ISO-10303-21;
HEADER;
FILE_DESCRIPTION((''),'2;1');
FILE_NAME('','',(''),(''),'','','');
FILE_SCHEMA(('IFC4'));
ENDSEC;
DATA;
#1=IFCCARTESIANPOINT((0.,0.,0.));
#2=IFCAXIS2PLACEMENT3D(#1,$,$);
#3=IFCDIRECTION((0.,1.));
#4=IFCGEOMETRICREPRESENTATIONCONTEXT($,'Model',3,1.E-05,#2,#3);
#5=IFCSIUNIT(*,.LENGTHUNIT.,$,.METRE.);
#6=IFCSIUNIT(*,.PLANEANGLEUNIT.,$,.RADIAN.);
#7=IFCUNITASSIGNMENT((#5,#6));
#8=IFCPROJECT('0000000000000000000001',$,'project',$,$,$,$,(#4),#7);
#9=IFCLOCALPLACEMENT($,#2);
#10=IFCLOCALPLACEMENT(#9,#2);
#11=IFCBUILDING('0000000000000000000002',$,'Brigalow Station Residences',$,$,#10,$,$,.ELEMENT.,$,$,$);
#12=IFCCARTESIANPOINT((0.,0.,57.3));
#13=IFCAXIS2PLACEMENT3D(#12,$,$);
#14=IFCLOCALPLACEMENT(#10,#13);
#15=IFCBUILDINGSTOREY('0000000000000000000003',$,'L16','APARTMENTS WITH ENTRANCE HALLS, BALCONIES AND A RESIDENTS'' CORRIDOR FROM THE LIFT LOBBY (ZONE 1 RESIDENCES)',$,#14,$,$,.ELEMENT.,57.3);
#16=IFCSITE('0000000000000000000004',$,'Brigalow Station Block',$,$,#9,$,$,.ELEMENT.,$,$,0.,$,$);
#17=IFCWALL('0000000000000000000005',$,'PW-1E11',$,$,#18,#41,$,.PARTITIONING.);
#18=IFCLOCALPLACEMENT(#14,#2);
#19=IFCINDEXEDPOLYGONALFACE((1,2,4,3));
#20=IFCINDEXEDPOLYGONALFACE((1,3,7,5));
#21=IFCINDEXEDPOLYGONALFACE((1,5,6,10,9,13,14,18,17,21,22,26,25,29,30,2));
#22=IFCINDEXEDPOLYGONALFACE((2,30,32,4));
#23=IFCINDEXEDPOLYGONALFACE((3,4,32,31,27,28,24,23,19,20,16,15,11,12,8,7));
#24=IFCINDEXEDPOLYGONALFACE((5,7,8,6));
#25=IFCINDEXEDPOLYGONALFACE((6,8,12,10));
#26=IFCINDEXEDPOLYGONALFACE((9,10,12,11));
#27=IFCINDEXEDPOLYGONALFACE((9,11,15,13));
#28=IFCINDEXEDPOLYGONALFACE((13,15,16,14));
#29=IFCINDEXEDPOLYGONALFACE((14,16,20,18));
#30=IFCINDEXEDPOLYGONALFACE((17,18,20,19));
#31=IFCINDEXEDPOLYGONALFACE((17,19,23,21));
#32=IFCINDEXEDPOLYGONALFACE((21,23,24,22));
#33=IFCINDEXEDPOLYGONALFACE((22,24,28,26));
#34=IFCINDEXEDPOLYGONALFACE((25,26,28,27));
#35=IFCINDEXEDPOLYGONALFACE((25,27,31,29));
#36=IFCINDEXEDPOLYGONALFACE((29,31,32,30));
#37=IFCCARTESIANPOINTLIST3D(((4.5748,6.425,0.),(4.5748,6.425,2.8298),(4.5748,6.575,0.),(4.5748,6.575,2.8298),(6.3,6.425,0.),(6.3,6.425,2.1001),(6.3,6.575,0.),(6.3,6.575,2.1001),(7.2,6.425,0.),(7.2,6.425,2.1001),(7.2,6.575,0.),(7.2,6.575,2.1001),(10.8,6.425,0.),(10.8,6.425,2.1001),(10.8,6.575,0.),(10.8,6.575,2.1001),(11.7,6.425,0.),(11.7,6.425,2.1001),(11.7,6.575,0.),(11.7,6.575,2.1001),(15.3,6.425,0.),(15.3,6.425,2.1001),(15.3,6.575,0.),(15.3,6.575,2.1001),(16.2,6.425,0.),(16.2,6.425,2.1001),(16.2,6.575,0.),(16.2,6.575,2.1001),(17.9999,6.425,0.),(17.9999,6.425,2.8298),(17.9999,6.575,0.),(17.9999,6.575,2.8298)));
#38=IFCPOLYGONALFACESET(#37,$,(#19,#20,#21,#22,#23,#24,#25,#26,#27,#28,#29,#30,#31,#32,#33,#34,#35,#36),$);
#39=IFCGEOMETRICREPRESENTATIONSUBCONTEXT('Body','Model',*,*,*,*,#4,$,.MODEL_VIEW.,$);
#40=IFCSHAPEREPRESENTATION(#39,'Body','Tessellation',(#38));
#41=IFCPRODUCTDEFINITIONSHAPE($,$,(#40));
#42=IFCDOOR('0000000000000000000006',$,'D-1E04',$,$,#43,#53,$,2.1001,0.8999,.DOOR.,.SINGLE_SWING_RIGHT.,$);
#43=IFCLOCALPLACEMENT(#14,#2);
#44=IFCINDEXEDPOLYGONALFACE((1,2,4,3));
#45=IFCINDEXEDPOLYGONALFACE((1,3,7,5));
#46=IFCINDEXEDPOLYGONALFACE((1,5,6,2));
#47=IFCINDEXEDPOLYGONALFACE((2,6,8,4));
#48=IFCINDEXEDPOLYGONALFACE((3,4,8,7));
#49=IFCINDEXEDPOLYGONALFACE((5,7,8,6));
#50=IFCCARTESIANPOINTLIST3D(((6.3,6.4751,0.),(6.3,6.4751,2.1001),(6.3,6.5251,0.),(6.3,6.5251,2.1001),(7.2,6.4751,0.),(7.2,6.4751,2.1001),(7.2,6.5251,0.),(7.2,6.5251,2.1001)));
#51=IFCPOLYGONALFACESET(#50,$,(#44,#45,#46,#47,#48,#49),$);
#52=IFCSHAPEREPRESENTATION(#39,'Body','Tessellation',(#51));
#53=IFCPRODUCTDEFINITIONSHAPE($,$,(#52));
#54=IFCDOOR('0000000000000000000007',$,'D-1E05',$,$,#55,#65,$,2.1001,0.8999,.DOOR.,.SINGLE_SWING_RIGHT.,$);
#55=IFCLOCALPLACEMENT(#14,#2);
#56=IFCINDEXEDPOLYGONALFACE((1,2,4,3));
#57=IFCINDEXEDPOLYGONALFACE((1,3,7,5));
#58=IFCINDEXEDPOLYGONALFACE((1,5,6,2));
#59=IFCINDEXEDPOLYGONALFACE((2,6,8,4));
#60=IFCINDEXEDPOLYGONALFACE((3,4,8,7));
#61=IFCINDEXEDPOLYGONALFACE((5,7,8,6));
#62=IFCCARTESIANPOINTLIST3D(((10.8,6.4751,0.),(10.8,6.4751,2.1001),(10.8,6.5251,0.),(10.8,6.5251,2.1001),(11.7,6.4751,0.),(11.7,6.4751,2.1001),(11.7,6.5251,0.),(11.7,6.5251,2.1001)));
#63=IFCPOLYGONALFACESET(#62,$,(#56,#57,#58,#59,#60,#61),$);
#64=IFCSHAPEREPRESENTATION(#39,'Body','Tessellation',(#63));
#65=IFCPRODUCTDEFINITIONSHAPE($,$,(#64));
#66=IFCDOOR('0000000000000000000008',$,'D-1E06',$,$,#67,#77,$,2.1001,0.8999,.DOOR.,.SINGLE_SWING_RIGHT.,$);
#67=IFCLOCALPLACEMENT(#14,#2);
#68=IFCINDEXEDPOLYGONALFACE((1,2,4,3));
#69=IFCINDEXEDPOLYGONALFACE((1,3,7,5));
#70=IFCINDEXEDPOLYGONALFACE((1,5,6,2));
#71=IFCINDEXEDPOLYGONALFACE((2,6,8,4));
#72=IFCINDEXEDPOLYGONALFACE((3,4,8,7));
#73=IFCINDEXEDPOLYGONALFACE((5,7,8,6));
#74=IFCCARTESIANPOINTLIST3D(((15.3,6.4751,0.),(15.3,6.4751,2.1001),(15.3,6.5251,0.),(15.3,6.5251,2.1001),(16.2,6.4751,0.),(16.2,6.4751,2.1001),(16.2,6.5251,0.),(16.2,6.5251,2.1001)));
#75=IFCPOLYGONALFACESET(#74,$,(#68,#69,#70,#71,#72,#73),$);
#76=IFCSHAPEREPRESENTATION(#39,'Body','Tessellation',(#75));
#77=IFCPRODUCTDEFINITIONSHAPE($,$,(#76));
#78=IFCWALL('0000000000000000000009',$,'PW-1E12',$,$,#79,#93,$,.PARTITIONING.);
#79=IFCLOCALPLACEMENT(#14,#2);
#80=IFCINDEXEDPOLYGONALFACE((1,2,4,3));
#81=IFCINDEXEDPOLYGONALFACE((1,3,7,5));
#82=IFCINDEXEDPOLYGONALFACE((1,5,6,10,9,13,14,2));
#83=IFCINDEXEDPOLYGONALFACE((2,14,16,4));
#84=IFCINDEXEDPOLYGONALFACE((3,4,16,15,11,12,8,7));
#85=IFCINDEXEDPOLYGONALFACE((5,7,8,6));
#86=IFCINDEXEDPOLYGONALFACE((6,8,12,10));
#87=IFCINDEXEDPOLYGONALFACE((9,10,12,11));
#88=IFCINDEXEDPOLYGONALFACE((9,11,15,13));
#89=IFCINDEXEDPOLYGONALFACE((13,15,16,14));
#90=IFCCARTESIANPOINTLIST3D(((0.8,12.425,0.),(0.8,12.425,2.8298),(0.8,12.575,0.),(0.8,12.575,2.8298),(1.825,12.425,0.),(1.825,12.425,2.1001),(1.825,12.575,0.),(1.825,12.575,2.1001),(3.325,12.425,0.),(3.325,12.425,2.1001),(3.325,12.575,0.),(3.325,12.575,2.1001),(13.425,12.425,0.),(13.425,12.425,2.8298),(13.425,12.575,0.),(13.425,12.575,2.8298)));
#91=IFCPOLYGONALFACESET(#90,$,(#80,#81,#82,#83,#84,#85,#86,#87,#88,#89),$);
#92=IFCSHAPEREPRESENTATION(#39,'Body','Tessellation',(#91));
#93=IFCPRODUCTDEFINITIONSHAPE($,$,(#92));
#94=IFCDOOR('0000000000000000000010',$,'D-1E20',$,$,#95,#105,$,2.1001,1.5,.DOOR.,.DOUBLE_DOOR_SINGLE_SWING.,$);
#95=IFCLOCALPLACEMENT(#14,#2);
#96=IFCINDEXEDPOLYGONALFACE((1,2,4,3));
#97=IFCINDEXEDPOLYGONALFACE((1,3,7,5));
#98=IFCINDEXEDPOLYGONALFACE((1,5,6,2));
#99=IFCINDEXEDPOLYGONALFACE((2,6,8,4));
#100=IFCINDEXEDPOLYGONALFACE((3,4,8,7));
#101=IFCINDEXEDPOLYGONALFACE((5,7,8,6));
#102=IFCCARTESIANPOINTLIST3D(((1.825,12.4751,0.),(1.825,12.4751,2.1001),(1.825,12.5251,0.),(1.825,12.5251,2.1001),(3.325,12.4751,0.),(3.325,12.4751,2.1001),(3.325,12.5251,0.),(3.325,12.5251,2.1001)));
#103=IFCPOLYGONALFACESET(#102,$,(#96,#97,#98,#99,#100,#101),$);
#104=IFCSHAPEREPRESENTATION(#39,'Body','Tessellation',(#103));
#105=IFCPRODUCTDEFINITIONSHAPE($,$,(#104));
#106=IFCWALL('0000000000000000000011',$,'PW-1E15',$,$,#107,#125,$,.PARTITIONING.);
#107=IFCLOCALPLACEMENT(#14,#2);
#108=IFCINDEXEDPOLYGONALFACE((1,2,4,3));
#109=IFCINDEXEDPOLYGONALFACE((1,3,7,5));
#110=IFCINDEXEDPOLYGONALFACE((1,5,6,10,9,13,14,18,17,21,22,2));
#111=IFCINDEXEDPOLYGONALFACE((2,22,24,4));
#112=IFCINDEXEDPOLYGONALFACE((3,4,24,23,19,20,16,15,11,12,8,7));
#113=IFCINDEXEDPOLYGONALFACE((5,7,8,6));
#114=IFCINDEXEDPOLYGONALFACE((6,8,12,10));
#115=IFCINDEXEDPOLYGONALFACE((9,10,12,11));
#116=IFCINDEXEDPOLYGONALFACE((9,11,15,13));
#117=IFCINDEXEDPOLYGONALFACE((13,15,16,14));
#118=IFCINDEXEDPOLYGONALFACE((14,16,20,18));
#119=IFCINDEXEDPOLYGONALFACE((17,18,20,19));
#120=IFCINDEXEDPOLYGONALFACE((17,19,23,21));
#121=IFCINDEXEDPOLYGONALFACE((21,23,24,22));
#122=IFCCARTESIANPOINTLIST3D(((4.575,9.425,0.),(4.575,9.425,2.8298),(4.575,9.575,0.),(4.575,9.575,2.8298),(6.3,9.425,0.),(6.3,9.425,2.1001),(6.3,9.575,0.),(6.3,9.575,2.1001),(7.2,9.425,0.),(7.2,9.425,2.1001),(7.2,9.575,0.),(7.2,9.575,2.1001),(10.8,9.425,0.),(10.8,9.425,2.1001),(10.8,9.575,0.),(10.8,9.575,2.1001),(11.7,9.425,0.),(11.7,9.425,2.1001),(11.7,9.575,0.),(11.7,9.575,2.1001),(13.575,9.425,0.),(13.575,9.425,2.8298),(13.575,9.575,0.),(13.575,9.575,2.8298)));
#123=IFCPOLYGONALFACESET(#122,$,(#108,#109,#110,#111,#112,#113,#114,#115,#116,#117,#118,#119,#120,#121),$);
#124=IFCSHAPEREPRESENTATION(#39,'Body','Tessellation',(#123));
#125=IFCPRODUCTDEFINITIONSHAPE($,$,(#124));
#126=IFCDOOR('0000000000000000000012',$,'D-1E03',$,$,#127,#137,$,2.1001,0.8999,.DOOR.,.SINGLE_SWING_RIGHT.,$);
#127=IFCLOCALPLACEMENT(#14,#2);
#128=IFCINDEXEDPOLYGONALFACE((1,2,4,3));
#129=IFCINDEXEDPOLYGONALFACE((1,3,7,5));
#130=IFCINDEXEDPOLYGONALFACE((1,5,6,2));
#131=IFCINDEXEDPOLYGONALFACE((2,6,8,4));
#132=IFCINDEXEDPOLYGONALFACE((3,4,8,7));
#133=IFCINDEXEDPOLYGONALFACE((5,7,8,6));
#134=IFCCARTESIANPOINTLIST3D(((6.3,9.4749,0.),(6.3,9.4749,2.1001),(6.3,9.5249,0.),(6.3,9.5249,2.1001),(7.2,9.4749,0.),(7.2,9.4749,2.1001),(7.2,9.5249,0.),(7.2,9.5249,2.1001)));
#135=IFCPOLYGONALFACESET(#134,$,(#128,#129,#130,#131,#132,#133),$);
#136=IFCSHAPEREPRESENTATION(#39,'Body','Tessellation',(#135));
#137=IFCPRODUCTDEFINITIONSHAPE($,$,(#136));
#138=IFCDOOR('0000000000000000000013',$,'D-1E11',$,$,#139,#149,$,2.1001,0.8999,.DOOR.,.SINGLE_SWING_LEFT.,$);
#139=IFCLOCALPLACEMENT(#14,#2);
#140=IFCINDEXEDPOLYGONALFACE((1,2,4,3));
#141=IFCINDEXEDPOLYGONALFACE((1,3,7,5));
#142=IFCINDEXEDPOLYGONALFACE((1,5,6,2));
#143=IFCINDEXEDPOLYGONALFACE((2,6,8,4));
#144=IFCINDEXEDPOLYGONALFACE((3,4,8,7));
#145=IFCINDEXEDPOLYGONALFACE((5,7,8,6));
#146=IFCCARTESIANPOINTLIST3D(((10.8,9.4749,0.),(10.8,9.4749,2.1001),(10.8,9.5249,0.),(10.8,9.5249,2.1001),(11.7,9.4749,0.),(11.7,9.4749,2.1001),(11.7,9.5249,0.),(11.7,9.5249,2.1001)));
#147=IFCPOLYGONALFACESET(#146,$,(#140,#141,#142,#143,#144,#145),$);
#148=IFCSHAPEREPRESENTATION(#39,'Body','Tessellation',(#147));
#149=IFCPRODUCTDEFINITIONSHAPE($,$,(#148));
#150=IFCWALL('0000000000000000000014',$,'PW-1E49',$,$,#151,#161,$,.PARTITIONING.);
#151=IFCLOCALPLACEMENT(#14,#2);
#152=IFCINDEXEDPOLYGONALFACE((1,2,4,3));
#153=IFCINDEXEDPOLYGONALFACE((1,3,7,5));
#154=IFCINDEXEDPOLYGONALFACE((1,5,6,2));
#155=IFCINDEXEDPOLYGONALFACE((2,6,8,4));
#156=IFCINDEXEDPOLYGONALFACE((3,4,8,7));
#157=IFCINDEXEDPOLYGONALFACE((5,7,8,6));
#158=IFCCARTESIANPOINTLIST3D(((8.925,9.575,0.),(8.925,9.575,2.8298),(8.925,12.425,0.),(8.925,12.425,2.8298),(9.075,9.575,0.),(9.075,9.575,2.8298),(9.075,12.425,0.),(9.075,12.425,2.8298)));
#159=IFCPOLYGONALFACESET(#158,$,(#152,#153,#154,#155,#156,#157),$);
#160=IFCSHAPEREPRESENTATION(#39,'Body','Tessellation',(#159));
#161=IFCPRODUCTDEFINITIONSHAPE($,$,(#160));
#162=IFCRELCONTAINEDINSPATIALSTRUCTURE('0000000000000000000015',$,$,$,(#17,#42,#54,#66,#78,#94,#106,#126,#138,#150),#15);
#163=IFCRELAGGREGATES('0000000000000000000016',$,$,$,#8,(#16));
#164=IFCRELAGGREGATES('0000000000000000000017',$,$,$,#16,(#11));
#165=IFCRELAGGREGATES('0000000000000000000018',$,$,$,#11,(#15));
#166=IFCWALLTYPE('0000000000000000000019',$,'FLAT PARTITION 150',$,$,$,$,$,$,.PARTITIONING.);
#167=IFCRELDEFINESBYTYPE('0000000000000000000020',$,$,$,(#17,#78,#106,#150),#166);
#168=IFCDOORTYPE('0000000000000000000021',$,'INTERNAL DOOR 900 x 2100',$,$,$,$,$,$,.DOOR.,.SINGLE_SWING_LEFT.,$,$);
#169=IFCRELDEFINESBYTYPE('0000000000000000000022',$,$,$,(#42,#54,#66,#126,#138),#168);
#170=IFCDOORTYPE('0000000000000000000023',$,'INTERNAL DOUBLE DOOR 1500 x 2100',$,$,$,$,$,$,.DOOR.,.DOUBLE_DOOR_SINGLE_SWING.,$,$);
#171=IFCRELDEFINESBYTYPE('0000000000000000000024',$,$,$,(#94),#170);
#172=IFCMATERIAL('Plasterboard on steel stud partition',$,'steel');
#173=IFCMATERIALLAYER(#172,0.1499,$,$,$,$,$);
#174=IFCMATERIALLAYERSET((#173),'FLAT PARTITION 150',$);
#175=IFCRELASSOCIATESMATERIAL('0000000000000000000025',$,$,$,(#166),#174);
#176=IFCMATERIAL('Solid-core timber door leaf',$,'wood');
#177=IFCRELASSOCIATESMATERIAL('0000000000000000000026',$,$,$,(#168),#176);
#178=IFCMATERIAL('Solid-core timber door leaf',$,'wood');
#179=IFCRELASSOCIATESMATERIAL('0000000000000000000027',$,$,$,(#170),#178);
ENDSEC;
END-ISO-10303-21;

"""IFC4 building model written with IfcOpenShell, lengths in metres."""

from ifc_helpers import new_model, si_unit, direction, frame, frame_2d, origin, place, context, subcontext, project, spatial, rectangle, extrude, material, layer, layer_set, type_object, element, fill, save


model = new_model("IFC4")

# Units and contexts
model_context = context("Model", 3, precision=1e-05, world=origin(), true_north=direction((0.0, 1.0)))
body_context = subcontext(model_context, "Body", "Model", "MODEL_VIEW")
ifc_project = project(units=[si_unit("LENGTHUNIT", "METRE"), si_unit("PLANEANGLEUNIT", "RADIAN")], contexts=[model_context])

# Site, building, storey
site_placement = place(None, origin())
site = spatial("IfcSite", under=ifc_project, at=site_placement, Name="Brigalow Station Block", CompositionType="ELEMENT", RefElevation=0.0)
building_placement = place(site_placement, origin())
building = spatial("IfcBuilding", under=site, at=building_placement, Name="Brigalow Station Residences", CompositionType="ELEMENT")
storey_placement = place(building_placement, frame((0.0, 0.0, 57.3)))
storey = spatial("IfcBuildingStorey", under=building, at=storey_placement, Name="L16", Description="APARTMENTS WITH ENTRANCE HALLS, BALCONIES AND A RESIDENTS' CORRIDOR FROM THE LIFT LOBBY (ZONE 1 RESIDENCES)", CompositionType="ELEMENT", Elevation=57.3)

# Wall, openings, doors
ifc_material_1 = material(Name="Plasterboard on steel stud partition", Category="steel")
ifc_layer_1 = layer(ifc_material_1, 0.1499)
ifc_layer_set_1 = layer_set([ifc_layer_1], Name="FLAT PARTITION 150")
wall_type_1 = type_object("IfcWallType", Name="FLAT PARTITION 150", PredefinedType="PARTITIONING", material=ifc_layer_set_1)
wall_1_placement = place(storey_placement, frame((4.575, 6.5, 0.0), z_axis=(0.0, 0.0, 1.0), x_axis=(1.0, 0.0, 0.0)))
wall_1 = element("IfcWall", 1, at=wall_1_placement, inside=storey, type_object=wall_type_1, Name="PW-1E11", PredefinedType="PARTITIONING", context=body_context, shape_type="SweptSolid", body=[
    extrude(rectangle(XDim=13.425, YDim=0.1499, at=frame_2d((6.7124, 0.0))), origin(), (0.0, 0.0, 1.0), 2.8298),
])
opening_1_placement = place(wall_1_placement, frame((1.7251, 0.0, 0.0)))
opening_1 = element("IfcOpeningElement", 2, at=opening_1_placement, cuts=wall_1, PredefinedType="OPENING", context=body_context, shape_type="SweptSolid", body=[
    extrude(rectangle(XDim=0.8999, YDim=2.1001, at=frame_2d((0.45, 1.05))), frame((0.0, 0.085, 0.0), z_axis=(0.0, -1.0, 0.0), x_axis=(1.0, 0.0, 0.0)), (0.0, 0.0, 1.0), 0.1699),
])
opening_2_placement = place(wall_1_placement, frame((6.2251, 0.0, 0.0)))
opening_2 = element("IfcOpeningElement", 3, at=opening_2_placement, cuts=wall_1, PredefinedType="OPENING", context=body_context, shape_type="SweptSolid", body=[
    extrude(rectangle(XDim=0.8999, YDim=2.1001, at=frame_2d((0.45, 1.05))), frame((0.0, 0.085, 0.0), z_axis=(0.0, -1.0, 0.0), x_axis=(1.0, 0.0, 0.0)), (0.0, 0.0, 1.0), 0.1699),
])
opening_3_placement = place(wall_1_placement, frame((10.7251, 0.0, 0.0)))
opening_3 = element("IfcOpeningElement", 4, at=opening_3_placement, cuts=wall_1, PredefinedType="OPENING", context=body_context, shape_type="SweptSolid", body=[
    extrude(rectangle(XDim=0.8999, YDim=2.1001, at=frame_2d((0.45, 1.05))), frame((0.0, 0.085, 0.0), z_axis=(0.0, -1.0, 0.0), x_axis=(1.0, 0.0, 0.0)), (0.0, 0.0, 1.0), 0.1699),
])
ifc_material_2 = material(Name="Solid-core timber door leaf", Category="wood")
door_type_1 = type_object("IfcDoorType", Name="INTERNAL DOOR 900 x 2100", OperationType="SINGLE_SWING_LEFT", PredefinedType="DOOR", material=ifc_material_2)
door_1_placement = place(opening_1_placement, frame((0.8999, 0.0, 0.0), z_axis=(0.0, 0.0, 1.0), x_axis=(-1.0, 0.0, 0.0)))
door_1 = element("IfcDoor", 5, at=door_1_placement, inside=storey, type_object=door_type_1, Name="D-1E04", OperationType="SINGLE_SWING_RIGHT", OverallHeight=2.1001, OverallWidth=0.8999, PredefinedType="DOOR", context=body_context, shape_type="SweptSolid", body=[
    extrude(rectangle(XDim=0.8999, YDim=2.1001, at=frame_2d((0.45, 1.05))), frame((0.0, 0.0249, 0.0), z_axis=(0.0, -1.0, 0.0), x_axis=(1.0, 0.0, 0.0)), (0.0, 0.0, 1.0), 0.05),
])
fill(opening_1, door_1)
door_2_placement = place(opening_2_placement, frame((0.8999, 0.0, 0.0), z_axis=(0.0, 0.0, 1.0), x_axis=(-1.0, 0.0, 0.0)))
door_2 = element("IfcDoor", 6, at=door_2_placement, inside=storey, type_object=door_type_1, Name="D-1E05", OperationType="SINGLE_SWING_RIGHT", OverallHeight=2.1001, OverallWidth=0.8999, PredefinedType="DOOR", context=body_context, shape_type="SweptSolid", body=[
    extrude(rectangle(XDim=0.8999, YDim=2.1001, at=frame_2d((0.45, 1.05))), frame((0.0, 0.0249, 0.0), z_axis=(0.0, -1.0, 0.0), x_axis=(1.0, 0.0, 0.0)), (0.0, 0.0, 1.0), 0.05),
])
fill(opening_2, door_2)
door_3_placement = place(opening_3_placement, frame((0.8999, 0.0, 0.0), z_axis=(0.0, 0.0, 1.0), x_axis=(-1.0, 0.0, 0.0)))
door_3 = element("IfcDoor", 7, at=door_3_placement, inside=storey, type_object=door_type_1, Name="D-1E06", OperationType="SINGLE_SWING_RIGHT", OverallHeight=2.1001, OverallWidth=0.8999, PredefinedType="DOOR", context=body_context, shape_type="SweptSolid", body=[
    extrude(rectangle(XDim=0.8999, YDim=2.1001, at=frame_2d((0.45, 1.05))), frame((0.0, 0.0249, 0.0), z_axis=(0.0, -1.0, 0.0), x_axis=(1.0, 0.0, 0.0)), (0.0, 0.0, 1.0), 0.05),
])
fill(opening_3, door_3)

# Wall, opening, door
wall_2_placement = place(storey_placement, frame((0.8, 12.5, 0.0), z_axis=(0.0, 0.0, 1.0), x_axis=(1.0, 0.0, 0.0)))
wall_2 = element("IfcWall", 8, at=wall_2_placement, inside=storey, type_object=wall_type_1, Name="PW-1E12", PredefinedType="PARTITIONING", context=body_context, shape_type="SweptSolid", body=[
    extrude(rectangle(XDim=12.625, YDim=0.1499, at=frame_2d((6.3125, 0.0))), origin(), (0.0, 0.0, 1.0), 2.8298),
])
opening_4_placement = place(wall_2_placement, frame((1.0249, 0.0, 0.0)))
opening_4 = element("IfcOpeningElement", 9, at=opening_4_placement, cuts=wall_2, PredefinedType="OPENING", context=body_context, shape_type="SweptSolid", body=[
    extrude(rectangle(XDim=1.5, YDim=2.1001, at=frame_2d((0.75, 1.05))), frame((0.0, 0.085, 0.0), z_axis=(0.0, -1.0, 0.0), x_axis=(1.0, 0.0, 0.0)), (0.0, 0.0, 1.0), 0.1699),
])
ifc_material_3 = material(Name="Solid-core timber door leaf", Category="wood")
door_type_2 = type_object("IfcDoorType", Name="INTERNAL DOUBLE DOOR 1500 x 2100", OperationType="DOUBLE_DOOR_SINGLE_SWING", PredefinedType="DOOR", material=ifc_material_3)
door_4_placement = place(opening_4_placement, frame((1.5, 0.0, 0.0), z_axis=(0.0, 0.0, 1.0), x_axis=(-1.0, 0.0, 0.0)))
door_4 = element("IfcDoor", 10, at=door_4_placement, inside=storey, type_object=door_type_2, Name="D-1E20", OperationType="DOUBLE_DOOR_SINGLE_SWING", OverallHeight=2.1001, OverallWidth=1.5, PredefinedType="DOOR", context=body_context, shape_type="SweptSolid", body=[
    extrude(rectangle(XDim=1.5, YDim=2.1001, at=frame_2d((0.75, 1.05))), frame((0.0, 0.0249, 0.0), z_axis=(0.0, -1.0, 0.0), x_axis=(1.0, 0.0, 0.0)), (0.0, 0.0, 1.0), 0.05),
])
fill(opening_4, door_4)

# Wall, openings, doors
wall_3_placement = place(storey_placement, frame((4.575, 9.5, 0.0), z_axis=(0.0, 0.0, 1.0), x_axis=(1.0, 0.0, 0.0)))
wall_3 = element("IfcWall", 11, at=wall_3_placement, inside=storey, type_object=wall_type_1, Name="PW-1E15", PredefinedType="PARTITIONING", context=body_context, shape_type="SweptSolid", body=[
    extrude(rectangle(XDim=9.0, YDim=0.1499, at=frame_2d((4.5, 0.0))), origin(), (0.0, 0.0, 1.0), 2.8298),
])
opening_5_placement = place(wall_3_placement, frame((1.7251, 0.0, 0.0)))
opening_5 = element("IfcOpeningElement", 12, at=opening_5_placement, cuts=wall_3, PredefinedType="OPENING", context=body_context, shape_type="SweptSolid", body=[
    extrude(rectangle(XDim=0.8999, YDim=2.1001, at=frame_2d((0.45, 1.05))), frame((0.0, 0.085, 0.0), z_axis=(0.0, -1.0, 0.0), x_axis=(1.0, 0.0, 0.0)), (0.0, 0.0, 1.0), 0.1699),
])
opening_6_placement = place(wall_3_placement, frame((6.2251, 0.0, 0.0)))
opening_6 = element("IfcOpeningElement", 13, at=opening_6_placement, cuts=wall_3, PredefinedType="OPENING", context=body_context, shape_type="SweptSolid", body=[
    extrude(rectangle(XDim=0.8999, YDim=2.1001, at=frame_2d((0.45, 1.05))), frame((0.0, 0.085, 0.0), z_axis=(0.0, -1.0, 0.0), x_axis=(1.0, 0.0, 0.0)), (0.0, 0.0, 1.0), 0.1699),
])
door_5_placement = place(opening_5_placement, origin())
door_5 = element("IfcDoor", 14, at=door_5_placement, inside=storey, type_object=door_type_1, Name="D-1E03", OperationType="SINGLE_SWING_RIGHT", OverallHeight=2.1001, OverallWidth=0.8999, PredefinedType="DOOR", context=body_context, shape_type="SweptSolid", body=[
    extrude(rectangle(XDim=0.8999, YDim=2.1001, at=frame_2d((0.45, 1.05))), frame((0.0, 0.0249, 0.0), z_axis=(0.0, -1.0, 0.0), x_axis=(1.0, 0.0, 0.0)), (0.0, 0.0, 1.0), 0.05),
])
fill(opening_5, door_5)
door_6_placement = place(opening_6_placement, origin())
door_6 = element("IfcDoor", 15, at=door_6_placement, inside=storey, type_object=door_type_1, Name="D-1E11", OperationType="SINGLE_SWING_LEFT", OverallHeight=2.1001, OverallWidth=0.8999, PredefinedType="DOOR", context=body_context, shape_type="SweptSolid", body=[
    extrude(rectangle(XDim=0.8999, YDim=2.1001, at=frame_2d((0.45, 1.05))), frame((0.0, 0.0249, 0.0), z_axis=(0.0, -1.0, 0.0), x_axis=(1.0, 0.0, 0.0)), (0.0, 0.0, 1.0), 0.05),
])
fill(opening_6, door_6)

# Wall
wall_4_placement = place(storey_placement, frame((9.0, 9.575, 0.0), z_axis=(0.0, 0.0, 1.0), x_axis=(0.0, 1.0, 0.0)))
element("IfcWall", 16, at=wall_4_placement, inside=storey, type_object=wall_type_1, Name="PW-1E49", PredefinedType="PARTITIONING", context=body_context, shape_type="SweptSolid", body=[
    extrude(rectangle(XDim=2.8501, YDim=0.1499, at=frame_2d((1.425, 0.0))), origin(), (0.0, 0.0, 1.0), 2.8298),
])

save(model, "model.ifc")
